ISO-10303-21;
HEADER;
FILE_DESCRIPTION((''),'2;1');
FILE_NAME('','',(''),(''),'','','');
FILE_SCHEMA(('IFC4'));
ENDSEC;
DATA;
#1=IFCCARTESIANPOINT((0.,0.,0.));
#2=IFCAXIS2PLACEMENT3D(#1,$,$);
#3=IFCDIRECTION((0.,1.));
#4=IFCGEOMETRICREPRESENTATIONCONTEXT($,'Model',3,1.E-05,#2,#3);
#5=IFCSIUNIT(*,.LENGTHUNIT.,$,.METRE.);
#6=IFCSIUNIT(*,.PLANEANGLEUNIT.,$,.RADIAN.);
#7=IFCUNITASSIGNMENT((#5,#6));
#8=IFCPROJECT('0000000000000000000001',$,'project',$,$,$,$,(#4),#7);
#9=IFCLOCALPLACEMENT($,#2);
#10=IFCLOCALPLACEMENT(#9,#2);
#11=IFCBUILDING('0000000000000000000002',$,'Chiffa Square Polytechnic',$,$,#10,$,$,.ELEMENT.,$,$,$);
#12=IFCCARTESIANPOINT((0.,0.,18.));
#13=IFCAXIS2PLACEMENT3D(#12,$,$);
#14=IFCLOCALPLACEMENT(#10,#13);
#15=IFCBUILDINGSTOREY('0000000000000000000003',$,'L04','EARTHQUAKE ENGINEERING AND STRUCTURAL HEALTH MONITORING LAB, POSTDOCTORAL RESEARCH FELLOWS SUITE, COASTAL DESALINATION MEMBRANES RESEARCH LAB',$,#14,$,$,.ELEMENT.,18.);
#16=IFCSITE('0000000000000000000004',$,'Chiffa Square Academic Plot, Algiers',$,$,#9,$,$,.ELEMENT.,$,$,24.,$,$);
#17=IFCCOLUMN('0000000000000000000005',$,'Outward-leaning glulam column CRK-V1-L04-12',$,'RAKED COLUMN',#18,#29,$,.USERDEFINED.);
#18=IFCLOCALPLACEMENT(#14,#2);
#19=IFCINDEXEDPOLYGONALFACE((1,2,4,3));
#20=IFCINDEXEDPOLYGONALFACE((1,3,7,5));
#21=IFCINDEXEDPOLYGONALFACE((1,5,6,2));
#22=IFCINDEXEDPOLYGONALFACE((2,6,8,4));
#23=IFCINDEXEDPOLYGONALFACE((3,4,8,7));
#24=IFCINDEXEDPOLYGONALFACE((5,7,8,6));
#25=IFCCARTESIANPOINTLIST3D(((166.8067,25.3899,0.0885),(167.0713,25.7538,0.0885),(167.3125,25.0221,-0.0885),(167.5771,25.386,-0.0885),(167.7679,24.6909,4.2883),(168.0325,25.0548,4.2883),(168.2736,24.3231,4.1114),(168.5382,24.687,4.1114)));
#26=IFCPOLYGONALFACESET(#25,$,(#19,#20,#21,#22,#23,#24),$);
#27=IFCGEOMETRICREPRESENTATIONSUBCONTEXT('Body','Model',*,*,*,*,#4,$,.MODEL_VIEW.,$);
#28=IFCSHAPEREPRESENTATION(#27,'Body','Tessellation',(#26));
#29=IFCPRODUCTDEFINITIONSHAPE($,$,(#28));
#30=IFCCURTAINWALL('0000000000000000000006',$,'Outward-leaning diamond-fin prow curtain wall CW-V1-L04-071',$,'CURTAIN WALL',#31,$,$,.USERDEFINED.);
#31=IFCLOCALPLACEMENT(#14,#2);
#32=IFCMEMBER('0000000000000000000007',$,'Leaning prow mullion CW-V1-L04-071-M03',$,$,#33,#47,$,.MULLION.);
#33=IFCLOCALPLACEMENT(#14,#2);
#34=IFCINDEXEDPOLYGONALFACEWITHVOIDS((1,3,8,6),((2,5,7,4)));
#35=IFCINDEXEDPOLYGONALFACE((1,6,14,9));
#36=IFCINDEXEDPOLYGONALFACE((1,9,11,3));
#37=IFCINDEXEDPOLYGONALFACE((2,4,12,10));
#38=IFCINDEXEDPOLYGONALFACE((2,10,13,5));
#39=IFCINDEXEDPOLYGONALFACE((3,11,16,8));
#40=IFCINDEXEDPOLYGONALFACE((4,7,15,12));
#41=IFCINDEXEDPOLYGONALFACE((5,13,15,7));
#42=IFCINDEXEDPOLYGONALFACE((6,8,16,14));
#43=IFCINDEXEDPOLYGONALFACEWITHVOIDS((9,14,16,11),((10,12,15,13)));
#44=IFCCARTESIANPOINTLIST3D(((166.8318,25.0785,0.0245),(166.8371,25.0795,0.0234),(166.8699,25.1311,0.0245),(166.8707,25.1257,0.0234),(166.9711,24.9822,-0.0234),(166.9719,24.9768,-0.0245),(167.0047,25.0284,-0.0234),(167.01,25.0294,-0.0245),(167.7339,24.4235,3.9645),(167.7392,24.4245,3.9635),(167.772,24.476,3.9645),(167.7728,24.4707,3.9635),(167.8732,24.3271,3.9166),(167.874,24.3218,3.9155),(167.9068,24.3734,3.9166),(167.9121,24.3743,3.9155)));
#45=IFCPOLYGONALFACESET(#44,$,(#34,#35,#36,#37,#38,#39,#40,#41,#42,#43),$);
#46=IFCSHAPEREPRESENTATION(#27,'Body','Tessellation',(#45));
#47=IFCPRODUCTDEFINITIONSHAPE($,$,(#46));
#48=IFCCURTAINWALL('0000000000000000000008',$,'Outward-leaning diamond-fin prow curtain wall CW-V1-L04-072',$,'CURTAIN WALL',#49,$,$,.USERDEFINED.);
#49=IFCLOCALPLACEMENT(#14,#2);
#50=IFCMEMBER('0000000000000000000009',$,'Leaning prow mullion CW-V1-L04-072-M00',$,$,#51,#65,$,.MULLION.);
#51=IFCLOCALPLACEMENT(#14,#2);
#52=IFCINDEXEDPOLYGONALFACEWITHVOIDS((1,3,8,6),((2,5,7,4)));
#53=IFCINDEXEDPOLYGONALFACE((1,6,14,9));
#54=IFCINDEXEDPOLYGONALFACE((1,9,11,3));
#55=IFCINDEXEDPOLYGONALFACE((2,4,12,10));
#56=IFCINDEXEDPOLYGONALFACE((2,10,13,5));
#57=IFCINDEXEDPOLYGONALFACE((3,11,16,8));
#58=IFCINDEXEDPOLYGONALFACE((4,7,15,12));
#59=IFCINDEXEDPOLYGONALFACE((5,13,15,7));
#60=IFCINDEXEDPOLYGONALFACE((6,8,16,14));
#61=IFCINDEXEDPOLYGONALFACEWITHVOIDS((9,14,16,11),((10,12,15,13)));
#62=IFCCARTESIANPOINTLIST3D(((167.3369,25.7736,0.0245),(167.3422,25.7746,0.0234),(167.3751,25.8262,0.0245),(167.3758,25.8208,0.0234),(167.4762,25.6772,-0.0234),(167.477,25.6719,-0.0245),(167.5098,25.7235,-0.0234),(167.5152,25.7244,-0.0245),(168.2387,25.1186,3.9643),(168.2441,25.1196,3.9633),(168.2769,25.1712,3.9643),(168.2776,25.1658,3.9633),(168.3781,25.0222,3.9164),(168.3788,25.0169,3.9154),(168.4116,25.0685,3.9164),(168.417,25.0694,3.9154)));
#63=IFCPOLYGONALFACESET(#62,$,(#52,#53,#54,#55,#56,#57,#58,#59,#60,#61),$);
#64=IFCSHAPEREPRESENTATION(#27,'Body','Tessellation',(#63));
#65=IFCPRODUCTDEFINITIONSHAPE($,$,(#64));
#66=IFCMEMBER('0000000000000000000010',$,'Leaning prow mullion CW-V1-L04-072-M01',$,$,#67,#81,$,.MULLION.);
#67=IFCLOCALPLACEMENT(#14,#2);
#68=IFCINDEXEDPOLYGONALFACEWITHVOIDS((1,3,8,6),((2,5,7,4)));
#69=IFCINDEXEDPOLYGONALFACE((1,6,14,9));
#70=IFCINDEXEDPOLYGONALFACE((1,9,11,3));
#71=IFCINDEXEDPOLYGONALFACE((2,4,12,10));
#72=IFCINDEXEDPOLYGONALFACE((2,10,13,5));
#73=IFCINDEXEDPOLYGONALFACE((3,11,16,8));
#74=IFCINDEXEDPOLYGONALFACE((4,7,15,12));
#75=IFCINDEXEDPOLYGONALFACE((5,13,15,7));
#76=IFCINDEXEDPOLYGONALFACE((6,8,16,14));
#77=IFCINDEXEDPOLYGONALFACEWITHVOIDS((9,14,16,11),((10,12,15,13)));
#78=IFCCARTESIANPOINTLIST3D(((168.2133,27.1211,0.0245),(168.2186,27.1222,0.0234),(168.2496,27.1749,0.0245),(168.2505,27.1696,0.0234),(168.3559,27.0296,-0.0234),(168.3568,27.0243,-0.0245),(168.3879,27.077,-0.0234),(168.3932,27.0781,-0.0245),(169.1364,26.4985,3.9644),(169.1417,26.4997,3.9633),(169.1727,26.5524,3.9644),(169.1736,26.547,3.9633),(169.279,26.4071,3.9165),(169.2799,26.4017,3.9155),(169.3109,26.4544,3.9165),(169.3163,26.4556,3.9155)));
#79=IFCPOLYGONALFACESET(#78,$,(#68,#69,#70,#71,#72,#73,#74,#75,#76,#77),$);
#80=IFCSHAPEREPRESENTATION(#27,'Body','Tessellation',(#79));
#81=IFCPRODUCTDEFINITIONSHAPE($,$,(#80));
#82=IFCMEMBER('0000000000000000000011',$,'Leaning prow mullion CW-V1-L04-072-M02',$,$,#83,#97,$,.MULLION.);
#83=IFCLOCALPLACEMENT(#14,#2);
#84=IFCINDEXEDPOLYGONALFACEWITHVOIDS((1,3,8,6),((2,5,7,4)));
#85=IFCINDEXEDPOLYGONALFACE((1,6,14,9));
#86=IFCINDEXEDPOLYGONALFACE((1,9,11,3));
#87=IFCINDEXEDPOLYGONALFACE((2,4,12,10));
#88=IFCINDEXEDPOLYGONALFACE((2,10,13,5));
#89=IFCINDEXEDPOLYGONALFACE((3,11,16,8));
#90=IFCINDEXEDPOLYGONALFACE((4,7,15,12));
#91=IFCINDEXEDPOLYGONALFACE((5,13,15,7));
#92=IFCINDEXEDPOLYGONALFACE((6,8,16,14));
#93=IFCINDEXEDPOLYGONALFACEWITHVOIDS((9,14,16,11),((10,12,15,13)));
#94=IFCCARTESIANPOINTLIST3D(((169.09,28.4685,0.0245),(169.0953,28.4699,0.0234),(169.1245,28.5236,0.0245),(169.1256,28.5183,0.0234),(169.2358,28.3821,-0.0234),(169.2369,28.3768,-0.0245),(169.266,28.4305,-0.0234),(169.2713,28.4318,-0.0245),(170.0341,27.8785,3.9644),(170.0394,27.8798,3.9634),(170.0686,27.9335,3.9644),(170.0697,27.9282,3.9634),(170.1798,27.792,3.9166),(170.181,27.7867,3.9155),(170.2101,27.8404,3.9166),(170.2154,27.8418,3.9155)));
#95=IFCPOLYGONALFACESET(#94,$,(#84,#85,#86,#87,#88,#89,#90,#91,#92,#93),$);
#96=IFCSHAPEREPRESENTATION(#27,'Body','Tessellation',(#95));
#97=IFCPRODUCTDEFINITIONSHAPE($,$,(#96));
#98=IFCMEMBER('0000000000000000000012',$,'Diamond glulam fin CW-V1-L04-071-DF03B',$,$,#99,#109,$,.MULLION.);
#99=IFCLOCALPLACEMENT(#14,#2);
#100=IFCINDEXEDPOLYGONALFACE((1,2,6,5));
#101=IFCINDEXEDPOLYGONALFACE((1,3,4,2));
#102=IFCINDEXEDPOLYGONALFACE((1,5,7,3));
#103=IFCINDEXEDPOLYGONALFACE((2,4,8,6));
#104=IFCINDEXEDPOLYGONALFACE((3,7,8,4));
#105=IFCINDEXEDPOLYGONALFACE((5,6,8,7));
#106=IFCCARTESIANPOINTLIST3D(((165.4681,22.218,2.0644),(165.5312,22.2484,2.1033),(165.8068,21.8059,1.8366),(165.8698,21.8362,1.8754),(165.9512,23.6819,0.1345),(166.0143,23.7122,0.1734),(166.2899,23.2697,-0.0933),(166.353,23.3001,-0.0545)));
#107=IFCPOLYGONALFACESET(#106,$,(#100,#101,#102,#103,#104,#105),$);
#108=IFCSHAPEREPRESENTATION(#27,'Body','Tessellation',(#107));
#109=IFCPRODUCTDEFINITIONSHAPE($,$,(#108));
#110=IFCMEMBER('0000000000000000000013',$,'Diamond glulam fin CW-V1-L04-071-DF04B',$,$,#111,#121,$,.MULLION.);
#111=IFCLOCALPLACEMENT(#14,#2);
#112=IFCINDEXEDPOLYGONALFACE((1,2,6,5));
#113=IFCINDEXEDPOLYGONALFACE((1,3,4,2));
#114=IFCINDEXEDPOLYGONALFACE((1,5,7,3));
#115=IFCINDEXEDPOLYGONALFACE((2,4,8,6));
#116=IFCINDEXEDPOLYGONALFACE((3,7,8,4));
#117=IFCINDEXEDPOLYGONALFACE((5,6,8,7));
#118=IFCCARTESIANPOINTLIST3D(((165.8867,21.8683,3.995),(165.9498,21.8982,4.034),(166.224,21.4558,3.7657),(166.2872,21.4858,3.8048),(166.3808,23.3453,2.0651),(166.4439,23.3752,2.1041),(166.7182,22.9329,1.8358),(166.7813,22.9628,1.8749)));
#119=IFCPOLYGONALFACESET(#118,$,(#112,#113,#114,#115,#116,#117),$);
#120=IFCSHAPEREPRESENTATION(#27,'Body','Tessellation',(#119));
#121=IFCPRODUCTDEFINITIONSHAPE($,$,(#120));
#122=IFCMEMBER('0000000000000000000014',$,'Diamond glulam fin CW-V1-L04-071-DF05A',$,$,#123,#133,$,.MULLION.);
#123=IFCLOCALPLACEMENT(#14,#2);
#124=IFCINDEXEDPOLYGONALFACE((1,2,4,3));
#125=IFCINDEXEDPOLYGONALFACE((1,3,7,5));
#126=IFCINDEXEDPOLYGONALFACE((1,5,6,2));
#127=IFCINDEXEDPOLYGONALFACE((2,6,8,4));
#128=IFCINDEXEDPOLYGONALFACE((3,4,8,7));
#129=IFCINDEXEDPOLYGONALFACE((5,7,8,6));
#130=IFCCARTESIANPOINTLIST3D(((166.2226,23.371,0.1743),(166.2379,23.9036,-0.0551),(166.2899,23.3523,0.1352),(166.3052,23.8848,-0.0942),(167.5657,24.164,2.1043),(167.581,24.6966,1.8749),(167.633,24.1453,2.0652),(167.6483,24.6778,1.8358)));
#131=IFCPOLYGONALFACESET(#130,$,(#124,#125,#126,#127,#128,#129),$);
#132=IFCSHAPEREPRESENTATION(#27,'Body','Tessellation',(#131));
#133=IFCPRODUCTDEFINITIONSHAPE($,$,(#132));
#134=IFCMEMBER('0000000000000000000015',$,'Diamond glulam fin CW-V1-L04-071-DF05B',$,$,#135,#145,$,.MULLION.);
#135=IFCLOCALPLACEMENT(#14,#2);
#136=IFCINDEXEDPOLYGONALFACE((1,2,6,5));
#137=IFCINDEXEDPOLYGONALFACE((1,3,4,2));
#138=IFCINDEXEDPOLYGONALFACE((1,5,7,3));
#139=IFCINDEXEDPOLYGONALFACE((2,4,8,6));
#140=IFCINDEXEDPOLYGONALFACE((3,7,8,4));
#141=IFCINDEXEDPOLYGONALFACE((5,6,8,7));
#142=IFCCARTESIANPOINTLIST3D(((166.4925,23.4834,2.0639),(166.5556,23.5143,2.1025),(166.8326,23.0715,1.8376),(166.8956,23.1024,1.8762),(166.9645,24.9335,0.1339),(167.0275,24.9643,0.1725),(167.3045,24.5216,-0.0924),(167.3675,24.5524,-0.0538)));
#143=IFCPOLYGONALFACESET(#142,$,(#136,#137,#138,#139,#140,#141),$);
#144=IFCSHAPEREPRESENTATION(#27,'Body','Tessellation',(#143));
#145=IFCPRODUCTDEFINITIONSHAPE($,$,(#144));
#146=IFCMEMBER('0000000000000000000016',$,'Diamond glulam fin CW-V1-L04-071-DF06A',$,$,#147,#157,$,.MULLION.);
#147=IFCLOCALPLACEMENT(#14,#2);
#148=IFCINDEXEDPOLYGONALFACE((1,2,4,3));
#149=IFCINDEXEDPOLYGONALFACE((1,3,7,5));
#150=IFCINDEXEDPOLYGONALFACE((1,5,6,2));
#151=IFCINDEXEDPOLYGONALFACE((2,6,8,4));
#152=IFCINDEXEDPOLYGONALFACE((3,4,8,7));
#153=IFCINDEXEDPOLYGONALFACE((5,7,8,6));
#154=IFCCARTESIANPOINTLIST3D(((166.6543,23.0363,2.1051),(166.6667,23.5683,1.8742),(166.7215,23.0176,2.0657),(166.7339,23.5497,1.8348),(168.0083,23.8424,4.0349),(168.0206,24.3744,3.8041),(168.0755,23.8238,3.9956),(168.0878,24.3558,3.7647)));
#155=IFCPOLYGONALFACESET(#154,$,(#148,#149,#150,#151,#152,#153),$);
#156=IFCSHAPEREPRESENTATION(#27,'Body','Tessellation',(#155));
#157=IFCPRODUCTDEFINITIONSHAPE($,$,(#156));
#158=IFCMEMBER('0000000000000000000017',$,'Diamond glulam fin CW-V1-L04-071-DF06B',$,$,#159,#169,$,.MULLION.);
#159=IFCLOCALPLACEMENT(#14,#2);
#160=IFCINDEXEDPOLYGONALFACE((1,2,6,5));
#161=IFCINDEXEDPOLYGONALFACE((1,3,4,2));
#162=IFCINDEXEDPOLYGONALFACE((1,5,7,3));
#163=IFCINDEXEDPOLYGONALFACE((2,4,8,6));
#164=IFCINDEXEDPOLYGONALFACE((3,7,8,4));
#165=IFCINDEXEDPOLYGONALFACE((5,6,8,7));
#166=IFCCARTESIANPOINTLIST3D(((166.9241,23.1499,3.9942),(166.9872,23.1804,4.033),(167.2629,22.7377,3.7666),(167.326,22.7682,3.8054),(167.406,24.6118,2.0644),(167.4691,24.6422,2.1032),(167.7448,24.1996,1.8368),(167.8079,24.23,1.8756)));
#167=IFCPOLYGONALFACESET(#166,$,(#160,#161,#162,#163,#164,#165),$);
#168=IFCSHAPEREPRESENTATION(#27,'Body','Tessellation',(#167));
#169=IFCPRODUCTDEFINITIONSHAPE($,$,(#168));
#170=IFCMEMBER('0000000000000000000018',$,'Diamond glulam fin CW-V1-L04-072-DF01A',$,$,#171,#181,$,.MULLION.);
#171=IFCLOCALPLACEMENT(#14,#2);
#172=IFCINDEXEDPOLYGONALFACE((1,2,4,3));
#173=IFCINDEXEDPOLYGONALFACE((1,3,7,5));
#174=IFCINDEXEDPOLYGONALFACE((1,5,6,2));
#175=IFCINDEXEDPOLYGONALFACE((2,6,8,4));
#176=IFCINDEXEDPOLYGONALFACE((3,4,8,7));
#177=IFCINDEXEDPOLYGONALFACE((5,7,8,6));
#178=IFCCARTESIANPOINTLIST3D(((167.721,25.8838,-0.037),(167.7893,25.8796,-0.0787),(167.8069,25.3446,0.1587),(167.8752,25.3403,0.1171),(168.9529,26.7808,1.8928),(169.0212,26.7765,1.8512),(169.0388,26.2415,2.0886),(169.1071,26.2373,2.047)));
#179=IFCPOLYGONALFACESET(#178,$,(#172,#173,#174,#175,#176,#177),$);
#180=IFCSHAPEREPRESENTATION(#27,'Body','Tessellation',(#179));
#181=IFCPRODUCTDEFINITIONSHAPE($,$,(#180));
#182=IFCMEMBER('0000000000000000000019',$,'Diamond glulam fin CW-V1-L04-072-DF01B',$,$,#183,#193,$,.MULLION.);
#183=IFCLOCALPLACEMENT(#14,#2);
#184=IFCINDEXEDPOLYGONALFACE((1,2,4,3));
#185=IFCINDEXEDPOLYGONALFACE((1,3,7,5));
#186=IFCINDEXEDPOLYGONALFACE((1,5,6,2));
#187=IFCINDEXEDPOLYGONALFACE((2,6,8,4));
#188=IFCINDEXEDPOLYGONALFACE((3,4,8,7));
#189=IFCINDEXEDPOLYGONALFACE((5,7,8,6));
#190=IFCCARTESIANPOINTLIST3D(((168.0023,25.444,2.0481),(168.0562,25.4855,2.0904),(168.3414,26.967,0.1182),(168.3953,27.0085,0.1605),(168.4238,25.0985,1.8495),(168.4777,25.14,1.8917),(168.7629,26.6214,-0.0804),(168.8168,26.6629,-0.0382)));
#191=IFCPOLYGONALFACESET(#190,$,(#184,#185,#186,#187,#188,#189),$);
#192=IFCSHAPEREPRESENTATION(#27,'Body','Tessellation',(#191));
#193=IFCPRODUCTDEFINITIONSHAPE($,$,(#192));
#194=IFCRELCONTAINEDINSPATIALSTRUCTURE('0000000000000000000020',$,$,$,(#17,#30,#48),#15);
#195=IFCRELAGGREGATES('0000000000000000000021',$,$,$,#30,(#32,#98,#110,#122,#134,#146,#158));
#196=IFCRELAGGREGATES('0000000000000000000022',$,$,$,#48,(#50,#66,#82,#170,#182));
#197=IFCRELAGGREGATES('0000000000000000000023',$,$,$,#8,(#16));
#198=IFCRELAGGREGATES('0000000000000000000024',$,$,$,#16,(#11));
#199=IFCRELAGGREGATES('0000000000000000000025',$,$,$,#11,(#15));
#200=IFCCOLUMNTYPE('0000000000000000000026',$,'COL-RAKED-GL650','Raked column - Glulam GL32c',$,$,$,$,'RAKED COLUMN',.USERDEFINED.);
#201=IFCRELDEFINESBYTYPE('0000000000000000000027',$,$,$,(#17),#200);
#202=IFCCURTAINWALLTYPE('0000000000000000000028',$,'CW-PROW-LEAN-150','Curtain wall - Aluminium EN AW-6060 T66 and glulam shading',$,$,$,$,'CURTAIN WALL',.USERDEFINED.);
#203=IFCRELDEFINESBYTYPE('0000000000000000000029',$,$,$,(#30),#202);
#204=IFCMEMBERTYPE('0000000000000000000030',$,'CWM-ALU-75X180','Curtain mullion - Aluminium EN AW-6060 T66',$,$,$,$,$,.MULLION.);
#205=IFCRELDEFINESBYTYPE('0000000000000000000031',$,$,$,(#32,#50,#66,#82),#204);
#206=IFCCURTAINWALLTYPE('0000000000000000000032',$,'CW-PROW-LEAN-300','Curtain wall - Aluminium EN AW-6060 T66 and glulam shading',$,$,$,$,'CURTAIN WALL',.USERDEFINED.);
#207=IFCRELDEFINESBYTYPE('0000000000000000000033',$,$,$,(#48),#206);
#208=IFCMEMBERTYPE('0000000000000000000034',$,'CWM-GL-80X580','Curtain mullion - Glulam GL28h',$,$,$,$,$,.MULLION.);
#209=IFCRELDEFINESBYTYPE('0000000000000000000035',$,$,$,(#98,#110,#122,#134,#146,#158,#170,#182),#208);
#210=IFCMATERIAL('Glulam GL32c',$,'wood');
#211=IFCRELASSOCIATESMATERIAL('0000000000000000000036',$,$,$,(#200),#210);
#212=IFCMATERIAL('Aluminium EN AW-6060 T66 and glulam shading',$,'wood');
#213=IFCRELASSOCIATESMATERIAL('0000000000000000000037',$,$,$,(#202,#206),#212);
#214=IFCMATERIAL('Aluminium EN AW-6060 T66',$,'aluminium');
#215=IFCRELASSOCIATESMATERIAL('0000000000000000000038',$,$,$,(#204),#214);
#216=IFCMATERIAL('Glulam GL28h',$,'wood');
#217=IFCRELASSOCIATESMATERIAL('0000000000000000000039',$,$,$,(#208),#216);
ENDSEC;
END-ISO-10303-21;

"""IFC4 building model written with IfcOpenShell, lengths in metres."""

from ifc_helpers import new_model, si_unit, direction, frame, origin, origin_2d, place, context, subcontext, project, spatial, rectangle, hollow_rectangle, extrude, material, material_profile, profile_set, type_object, element, aggregate, save


model = new_model("IFC4")

# Units and contexts
model_context = context("Model", 3, precision=1e-05, world=origin(), true_north=direction((0.0, 1.0)))
body_context = subcontext(model_context, "Body", "Model", "MODEL_VIEW")
ifc_project = project(units=[si_unit("LENGTHUNIT", "METRE"), si_unit("PLANEANGLEUNIT", "RADIAN")], contexts=[model_context])

# Site, building, storey
site_placement = place(None, origin())
site = spatial("IfcSite", under=ifc_project, at=site_placement, Name="Chiffa Square Academic Plot, Algiers", CompositionType="ELEMENT", RefElevation=24.0)
building_placement = place(site_placement, origin())
building = spatial("IfcBuilding", under=site, at=building_placement, Name="Chiffa Square Polytechnic", CompositionType="ELEMENT")
storey_placement = place(building_placement, frame((0.0, 0.0, 18.0)))
storey = spatial("IfcBuildingStorey", under=building, at=storey_placement, Name="L04", Description="EARTHQUAKE ENGINEERING AND STRUCTURAL HEALTH MONITORING LAB, POSTDOCTORAL RESEARCH FELLOWS SUITE, COASTAL DESALINATION MEMBRANES RESEARCH LAB", CompositionType="ELEMENT", Elevation=18.0)

# Column
ifc_material_1 = material(Name="Glulam GL32c", Category="wood")
ifc_material_profile_1 = material_profile(ifc_material_1, rectangle(XDim=0.45, YDim=0.6499, at=origin_2d()), Name="GL32c 450x650")
ifc_profile_set_1 = profile_set([ifc_material_profile_1], Name="Glulam GL32c")
column_type = type_object("IfcColumnType", Name="COL-RAKED-GL650", Description="Raked column - Glulam GL32c", ElementType="RAKED COLUMN", PredefinedType="USERDEFINED", material=ifc_profile_set_1)
column_placement = place(storey_placement, frame((167.1919, 25.3879, 0.0), z_axis=(0.220209, -0.160137, 0.962218), x_axis=(0.588135, 0.808763, 0.0)))
element("IfcColumn", 1, at=column_placement, inside=storey, type_object=column_type, Name="Outward-leaning glulam column CRK-V1-L04-12", ObjectType="RAKED COLUMN", PredefinedType="USERDEFINED", context=body_context, shape_type="SweptSolid", body=[
    extrude(rectangle(XDim=0.45, YDim=0.6499, at=origin_2d()), origin(), (0.0, 0.0, 1.0), 4.3647),
])

# Curtain wall, member
ifc_material_2 = material(Name="Aluminium EN AW-6060 T66 and glulam shading", Category="wood")
curtain_wall_type_1 = type_object("IfcCurtainWallType", Name="CW-PROW-LEAN-150", Description="Curtain wall - Aluminium EN AW-6060 T66 and glulam shading", ElementType="CURTAIN WALL", PredefinedType="USERDEFINED", material=ifc_material_2)
curtain_wall_1_placement = place(storey_placement, origin())
curtain_wall_1 = element("IfcCurtainWall", 2, at=curtain_wall_1_placement, inside=storey, type_object=curtain_wall_type_1, Name="Outward-leaning diamond-fin prow curtain wall CW-V1-L04-071", ObjectType="CURTAIN WALL", PredefinedType="USERDEFINED")
ifc_material_3 = material(Name="Aluminium EN AW-6060 T66", Category="aluminium")
ifc_material_profile_2 = material_profile(ifc_material_3, hollow_rectangle(XDim=0.0649, YDim=0.1799, WallThickness=0.0039, at=origin_2d()), Name="ALU 65x180x4")
ifc_profile_set_2 = profile_set([ifc_material_profile_2], Name="Aluminium EN AW-6060 T66")
member_type_1 = type_object("IfcMemberType", Name="CWM-ALU-75X180", Description="Curtain mullion - Aluminium EN AW-6060 T66", PredefinedType="MULLION", material=ifc_profile_set_2)
member_1_placement = place(storey_placement, frame((166.9209, 25.054, 0.0), z_axis=(0.220313, -0.159973, 0.962222), x_axis=(0.58756, 0.809181, 0.0)))
member_1 = element("IfcMember", 3, at=member_1_placement, type_object=member_type_1, Name="Leaning prow mullion CW-V1-L04-071-M03", PredefinedType="MULLION", context=body_context, shape_type="SweptSolid", body=[
    extrude(hollow_rectangle(XDim=0.0649, YDim=0.1799, WallThickness=0.0039, at=origin_2d()), origin(), (0.0, 0.0, 1.0), 4.0947),
])

# Curtain wall, members
curtain_wall_type_2 = type_object("IfcCurtainWallType", Name="CW-PROW-LEAN-300", Description="Curtain wall - Aluminium EN AW-6060 T66 and glulam shading", ElementType="CURTAIN WALL", PredefinedType="USERDEFINED", material=ifc_material_2)
curtain_wall_2_placement = place(storey_placement, origin())
curtain_wall_2 = element("IfcCurtainWall", 4, at=curtain_wall_2_placement, inside=storey, type_object=curtain_wall_type_2, Name="Outward-leaning diamond-fin prow curtain wall CW-V1-L04-072", ObjectType="CURTAIN WALL", PredefinedType="USERDEFINED")
member_2_placement = place(storey_placement, frame((167.426, 25.749, 0.0), z_axis=(0.220256, -0.159975, 0.962235), x_axis=(0.587664, 0.809105, 0.0)))
member_2 = element("IfcMember", 5, at=member_2_placement, type_object=member_type_1, Name="Leaning prow mullion CW-V1-L04-072-M00", PredefinedType="MULLION", context=body_context, shape_type="SweptSolid", body=[
    extrude(hollow_rectangle(XDim=0.0649, YDim=0.1799, WallThickness=0.0039, at=origin_2d()), origin(), (0.0, 0.0, 1.0), 4.0945),
])
member_3_placement = place(storey_placement, frame((168.3032, 27.0996, 0.0), z_axis=(0.225462, -0.152057, 0.962313), x_axis=(0.559145, 0.82907, 0.0)))
member_3 = element("IfcMember", 6, at=member_3_placement, type_object=member_type_1, Name="Leaning prow mullion CW-V1-L04-072-M01", PredefinedType="MULLION", context=body_context, shape_type="SweptSolid", body=[
    extrude(hollow_rectangle(XDim=0.0649, YDim=0.1799, WallThickness=0.0039, at=origin_2d()), origin(), (0.0, 0.0, 1.0), 4.0942),
])
member_4_placement = place(storey_placement, frame((169.1807, 28.4502, 0.0), z_axis=(0.230591, -0.144127, 0.962318), x_axis=(0.530019, 0.847986, 0.0)))
member_4 = element("IfcMember", 7, at=member_4_placement, type_object=member_type_1, Name="Leaning prow mullion CW-V1-L04-072-M02", PredefinedType="MULLION", context=body_context, shape_type="SweptSolid", body=[
    extrude(hollow_rectangle(XDim=0.0649, YDim=0.1799, WallThickness=0.0039, at=origin_2d()), origin(), (0.0, 0.0, 1.0), 4.0942),
])

# Members
ifc_material_4 = material(Name="Glulam GL28h", Category="wood")
ifc_material_profile_3 = material_profile(ifc_material_4, rectangle(XDim=0.0801, YDim=0.5801, at=origin_2d()), Name="GL28h 80x580")
ifc_profile_set_3 = profile_set([ifc_material_profile_3], Name="Glulam GL28h")
member_type_2 = type_object("IfcMemberType", Name="CWM-GL-80X580", Description="Curtain mullion - Glulam GL28h", PredefinedType="MULLION", material=ifc_profile_set_3)
member_5_placement = place(storey_placement, frame((166.1521, 23.491, 0.04), z_axis=(-0.195608, -0.592655, 0.781344), x_axis=(0.787927, 0.379379, 0.485018)))
member_5 = element("IfcMember", 8, at=member_5_placement, type_object=member_type_2, Name="Diamond glulam fin CW-V1-L04-071-DF03B", PredefinedType="MULLION", context=body_context, shape_type="SweptSolid", body=[
    extrude(rectangle(XDim=0.0801, YDim=0.5801, at=origin_2d()), origin(), (0.0, 0.0, 1.0), 2.47),
])
member_6_placement = place(storey_placement, frame((166.5811, 23.1541, 1.97), z_axis=(-0.199249, -0.595581, 0.778193), x_axis=(0.788679, 0.373866, 0.488068)))
member_6 = element("IfcMember", 9, at=member_6_placement, type_object=member_type_2, Name="Diamond glulam fin CW-V1-L04-071-DF04B", PredefinedType="MULLION", context=body_context, shape_type="SweptSolid", body=[
    extrude(rectangle(XDim=0.0801, YDim=0.5801, at=origin_2d()), origin(), (0.0, 0.0, 1.0), 2.48),
])
member_7_placement = place(storey_placement, frame((166.2639, 23.6279, 0.04), z_axis=(0.541243, 0.319571, 0.777773), x_axis=(-0.840453, 0.234594, 0.488472)))
member_7 = element("IfcMember", 10, at=member_7_placement, type_object=member_type_2, Name="Diamond glulam fin CW-V1-L04-071-DF05A", PredefinedType="MULLION", context=body_context, shape_type="SweptSolid", body=[
    extrude(rectangle(XDim=0.0801, YDim=0.5801, at=origin_2d()), origin(), (0.0, 0.0, 1.0), 2.4814),
])
member_8_placement = place(storey_placement, frame((167.166, 24.7429, 0.04), z_axis=(-0.191869, -0.589503, 0.784648), x_axis=(0.787147, 0.385074, 0.481785)))
member_8 = element("IfcMember", 11, at=member_8_placement, type_object=member_type_2, Name="Diamond glulam fin CW-V1-L04-071-DF05B", PredefinedType="MULLION", context=body_context, shape_type="SweptSolid", body=[
    extrude(rectangle(XDim=0.0801, YDim=0.5801, at=origin_2d()), origin(), (0.0, 0.0, 1.0), 2.4597),
])
member_9_placement = place(storey_placement, frame((166.6941, 23.293, 1.97), z_axis=(0.543437, 0.323554, 0.774589), x_axis=(-0.83918, 0.232783, 0.491517)))
member_9 = element("IfcMember", 12, at=member_9_placement, type_object=member_type_2, Name="Diamond glulam fin CW-V1-L04-071-DF06A", PredefinedType="MULLION", context=body_context, shape_type="SweptSolid", body=[
    extrude(rectangle(XDim=0.0801, YDim=0.5801, at=origin_2d()), origin(), (0.0, 0.0, 1.0), 2.4915),
])
member_10_placement = place(storey_placement, frame((167.6069, 24.4209, 1.97), z_axis=(-0.195224, -0.592199, 0.781785), x_axis=(0.7879, 0.379985, 0.484588)))
member_10 = element("IfcMember", 13, at=member_10_placement, type_object=member_type_2, Name="Diamond glulam fin CW-V1-L04-071-DF06B", PredefinedType="MULLION", context=body_context, shape_type="SweptSolid", body=[
    extrude(rectangle(XDim=0.0801, YDim=0.5801, at=origin_2d()), origin(), (0.0, 0.0, 1.0), 2.4685),
])
aggregate(curtain_wall_1, [member_1, member_5, member_6, member_7, member_8, member_9, member_10])
member_11_placement = place(storey_placement, frame((167.7981, 25.6121, 0.04), z_axis=(0.500982, 0.364766, 0.784833), x_axis=(-0.852693, 0.052863, 0.519731)))
member_11 = element("IfcMember", 14, at=member_11_placement, type_object=member_type_2, Name="Diamond glulam fin CW-V1-L04-072-DF01A", PredefinedType="MULLION", context=body_context, shape_type="SweptSolid", body=[
    extrude(rectangle(XDim=0.0801, YDim=0.5801, at=origin_2d()), origin(), (0.0, 0.0, 1.0), 2.459),
])
member_12_placement = place(storey_placement, frame((168.5791, 26.8149, 0.04), z_axis=(-0.136643, -0.613663, 0.777654), x_axis=(0.673371, 0.518231, 0.527266)))
member_12 = element("IfcMember", 15, at=member_12_placement, type_object=member_type_2, Name="Diamond glulam fin CW-V1-L04-072-DF01B", PredefinedType="MULLION", context=body_context, shape_type="SweptSolid", body=[
    extrude(rectangle(XDim=0.0801, YDim=0.5801, at=origin_2d()), origin(), (0.0, 0.0, 1.0), 2.4817),
])

aggregate(curtain_wall_2, [member_2, member_3, member_4, member_11, member_12])

save(model, "model.ifc")
